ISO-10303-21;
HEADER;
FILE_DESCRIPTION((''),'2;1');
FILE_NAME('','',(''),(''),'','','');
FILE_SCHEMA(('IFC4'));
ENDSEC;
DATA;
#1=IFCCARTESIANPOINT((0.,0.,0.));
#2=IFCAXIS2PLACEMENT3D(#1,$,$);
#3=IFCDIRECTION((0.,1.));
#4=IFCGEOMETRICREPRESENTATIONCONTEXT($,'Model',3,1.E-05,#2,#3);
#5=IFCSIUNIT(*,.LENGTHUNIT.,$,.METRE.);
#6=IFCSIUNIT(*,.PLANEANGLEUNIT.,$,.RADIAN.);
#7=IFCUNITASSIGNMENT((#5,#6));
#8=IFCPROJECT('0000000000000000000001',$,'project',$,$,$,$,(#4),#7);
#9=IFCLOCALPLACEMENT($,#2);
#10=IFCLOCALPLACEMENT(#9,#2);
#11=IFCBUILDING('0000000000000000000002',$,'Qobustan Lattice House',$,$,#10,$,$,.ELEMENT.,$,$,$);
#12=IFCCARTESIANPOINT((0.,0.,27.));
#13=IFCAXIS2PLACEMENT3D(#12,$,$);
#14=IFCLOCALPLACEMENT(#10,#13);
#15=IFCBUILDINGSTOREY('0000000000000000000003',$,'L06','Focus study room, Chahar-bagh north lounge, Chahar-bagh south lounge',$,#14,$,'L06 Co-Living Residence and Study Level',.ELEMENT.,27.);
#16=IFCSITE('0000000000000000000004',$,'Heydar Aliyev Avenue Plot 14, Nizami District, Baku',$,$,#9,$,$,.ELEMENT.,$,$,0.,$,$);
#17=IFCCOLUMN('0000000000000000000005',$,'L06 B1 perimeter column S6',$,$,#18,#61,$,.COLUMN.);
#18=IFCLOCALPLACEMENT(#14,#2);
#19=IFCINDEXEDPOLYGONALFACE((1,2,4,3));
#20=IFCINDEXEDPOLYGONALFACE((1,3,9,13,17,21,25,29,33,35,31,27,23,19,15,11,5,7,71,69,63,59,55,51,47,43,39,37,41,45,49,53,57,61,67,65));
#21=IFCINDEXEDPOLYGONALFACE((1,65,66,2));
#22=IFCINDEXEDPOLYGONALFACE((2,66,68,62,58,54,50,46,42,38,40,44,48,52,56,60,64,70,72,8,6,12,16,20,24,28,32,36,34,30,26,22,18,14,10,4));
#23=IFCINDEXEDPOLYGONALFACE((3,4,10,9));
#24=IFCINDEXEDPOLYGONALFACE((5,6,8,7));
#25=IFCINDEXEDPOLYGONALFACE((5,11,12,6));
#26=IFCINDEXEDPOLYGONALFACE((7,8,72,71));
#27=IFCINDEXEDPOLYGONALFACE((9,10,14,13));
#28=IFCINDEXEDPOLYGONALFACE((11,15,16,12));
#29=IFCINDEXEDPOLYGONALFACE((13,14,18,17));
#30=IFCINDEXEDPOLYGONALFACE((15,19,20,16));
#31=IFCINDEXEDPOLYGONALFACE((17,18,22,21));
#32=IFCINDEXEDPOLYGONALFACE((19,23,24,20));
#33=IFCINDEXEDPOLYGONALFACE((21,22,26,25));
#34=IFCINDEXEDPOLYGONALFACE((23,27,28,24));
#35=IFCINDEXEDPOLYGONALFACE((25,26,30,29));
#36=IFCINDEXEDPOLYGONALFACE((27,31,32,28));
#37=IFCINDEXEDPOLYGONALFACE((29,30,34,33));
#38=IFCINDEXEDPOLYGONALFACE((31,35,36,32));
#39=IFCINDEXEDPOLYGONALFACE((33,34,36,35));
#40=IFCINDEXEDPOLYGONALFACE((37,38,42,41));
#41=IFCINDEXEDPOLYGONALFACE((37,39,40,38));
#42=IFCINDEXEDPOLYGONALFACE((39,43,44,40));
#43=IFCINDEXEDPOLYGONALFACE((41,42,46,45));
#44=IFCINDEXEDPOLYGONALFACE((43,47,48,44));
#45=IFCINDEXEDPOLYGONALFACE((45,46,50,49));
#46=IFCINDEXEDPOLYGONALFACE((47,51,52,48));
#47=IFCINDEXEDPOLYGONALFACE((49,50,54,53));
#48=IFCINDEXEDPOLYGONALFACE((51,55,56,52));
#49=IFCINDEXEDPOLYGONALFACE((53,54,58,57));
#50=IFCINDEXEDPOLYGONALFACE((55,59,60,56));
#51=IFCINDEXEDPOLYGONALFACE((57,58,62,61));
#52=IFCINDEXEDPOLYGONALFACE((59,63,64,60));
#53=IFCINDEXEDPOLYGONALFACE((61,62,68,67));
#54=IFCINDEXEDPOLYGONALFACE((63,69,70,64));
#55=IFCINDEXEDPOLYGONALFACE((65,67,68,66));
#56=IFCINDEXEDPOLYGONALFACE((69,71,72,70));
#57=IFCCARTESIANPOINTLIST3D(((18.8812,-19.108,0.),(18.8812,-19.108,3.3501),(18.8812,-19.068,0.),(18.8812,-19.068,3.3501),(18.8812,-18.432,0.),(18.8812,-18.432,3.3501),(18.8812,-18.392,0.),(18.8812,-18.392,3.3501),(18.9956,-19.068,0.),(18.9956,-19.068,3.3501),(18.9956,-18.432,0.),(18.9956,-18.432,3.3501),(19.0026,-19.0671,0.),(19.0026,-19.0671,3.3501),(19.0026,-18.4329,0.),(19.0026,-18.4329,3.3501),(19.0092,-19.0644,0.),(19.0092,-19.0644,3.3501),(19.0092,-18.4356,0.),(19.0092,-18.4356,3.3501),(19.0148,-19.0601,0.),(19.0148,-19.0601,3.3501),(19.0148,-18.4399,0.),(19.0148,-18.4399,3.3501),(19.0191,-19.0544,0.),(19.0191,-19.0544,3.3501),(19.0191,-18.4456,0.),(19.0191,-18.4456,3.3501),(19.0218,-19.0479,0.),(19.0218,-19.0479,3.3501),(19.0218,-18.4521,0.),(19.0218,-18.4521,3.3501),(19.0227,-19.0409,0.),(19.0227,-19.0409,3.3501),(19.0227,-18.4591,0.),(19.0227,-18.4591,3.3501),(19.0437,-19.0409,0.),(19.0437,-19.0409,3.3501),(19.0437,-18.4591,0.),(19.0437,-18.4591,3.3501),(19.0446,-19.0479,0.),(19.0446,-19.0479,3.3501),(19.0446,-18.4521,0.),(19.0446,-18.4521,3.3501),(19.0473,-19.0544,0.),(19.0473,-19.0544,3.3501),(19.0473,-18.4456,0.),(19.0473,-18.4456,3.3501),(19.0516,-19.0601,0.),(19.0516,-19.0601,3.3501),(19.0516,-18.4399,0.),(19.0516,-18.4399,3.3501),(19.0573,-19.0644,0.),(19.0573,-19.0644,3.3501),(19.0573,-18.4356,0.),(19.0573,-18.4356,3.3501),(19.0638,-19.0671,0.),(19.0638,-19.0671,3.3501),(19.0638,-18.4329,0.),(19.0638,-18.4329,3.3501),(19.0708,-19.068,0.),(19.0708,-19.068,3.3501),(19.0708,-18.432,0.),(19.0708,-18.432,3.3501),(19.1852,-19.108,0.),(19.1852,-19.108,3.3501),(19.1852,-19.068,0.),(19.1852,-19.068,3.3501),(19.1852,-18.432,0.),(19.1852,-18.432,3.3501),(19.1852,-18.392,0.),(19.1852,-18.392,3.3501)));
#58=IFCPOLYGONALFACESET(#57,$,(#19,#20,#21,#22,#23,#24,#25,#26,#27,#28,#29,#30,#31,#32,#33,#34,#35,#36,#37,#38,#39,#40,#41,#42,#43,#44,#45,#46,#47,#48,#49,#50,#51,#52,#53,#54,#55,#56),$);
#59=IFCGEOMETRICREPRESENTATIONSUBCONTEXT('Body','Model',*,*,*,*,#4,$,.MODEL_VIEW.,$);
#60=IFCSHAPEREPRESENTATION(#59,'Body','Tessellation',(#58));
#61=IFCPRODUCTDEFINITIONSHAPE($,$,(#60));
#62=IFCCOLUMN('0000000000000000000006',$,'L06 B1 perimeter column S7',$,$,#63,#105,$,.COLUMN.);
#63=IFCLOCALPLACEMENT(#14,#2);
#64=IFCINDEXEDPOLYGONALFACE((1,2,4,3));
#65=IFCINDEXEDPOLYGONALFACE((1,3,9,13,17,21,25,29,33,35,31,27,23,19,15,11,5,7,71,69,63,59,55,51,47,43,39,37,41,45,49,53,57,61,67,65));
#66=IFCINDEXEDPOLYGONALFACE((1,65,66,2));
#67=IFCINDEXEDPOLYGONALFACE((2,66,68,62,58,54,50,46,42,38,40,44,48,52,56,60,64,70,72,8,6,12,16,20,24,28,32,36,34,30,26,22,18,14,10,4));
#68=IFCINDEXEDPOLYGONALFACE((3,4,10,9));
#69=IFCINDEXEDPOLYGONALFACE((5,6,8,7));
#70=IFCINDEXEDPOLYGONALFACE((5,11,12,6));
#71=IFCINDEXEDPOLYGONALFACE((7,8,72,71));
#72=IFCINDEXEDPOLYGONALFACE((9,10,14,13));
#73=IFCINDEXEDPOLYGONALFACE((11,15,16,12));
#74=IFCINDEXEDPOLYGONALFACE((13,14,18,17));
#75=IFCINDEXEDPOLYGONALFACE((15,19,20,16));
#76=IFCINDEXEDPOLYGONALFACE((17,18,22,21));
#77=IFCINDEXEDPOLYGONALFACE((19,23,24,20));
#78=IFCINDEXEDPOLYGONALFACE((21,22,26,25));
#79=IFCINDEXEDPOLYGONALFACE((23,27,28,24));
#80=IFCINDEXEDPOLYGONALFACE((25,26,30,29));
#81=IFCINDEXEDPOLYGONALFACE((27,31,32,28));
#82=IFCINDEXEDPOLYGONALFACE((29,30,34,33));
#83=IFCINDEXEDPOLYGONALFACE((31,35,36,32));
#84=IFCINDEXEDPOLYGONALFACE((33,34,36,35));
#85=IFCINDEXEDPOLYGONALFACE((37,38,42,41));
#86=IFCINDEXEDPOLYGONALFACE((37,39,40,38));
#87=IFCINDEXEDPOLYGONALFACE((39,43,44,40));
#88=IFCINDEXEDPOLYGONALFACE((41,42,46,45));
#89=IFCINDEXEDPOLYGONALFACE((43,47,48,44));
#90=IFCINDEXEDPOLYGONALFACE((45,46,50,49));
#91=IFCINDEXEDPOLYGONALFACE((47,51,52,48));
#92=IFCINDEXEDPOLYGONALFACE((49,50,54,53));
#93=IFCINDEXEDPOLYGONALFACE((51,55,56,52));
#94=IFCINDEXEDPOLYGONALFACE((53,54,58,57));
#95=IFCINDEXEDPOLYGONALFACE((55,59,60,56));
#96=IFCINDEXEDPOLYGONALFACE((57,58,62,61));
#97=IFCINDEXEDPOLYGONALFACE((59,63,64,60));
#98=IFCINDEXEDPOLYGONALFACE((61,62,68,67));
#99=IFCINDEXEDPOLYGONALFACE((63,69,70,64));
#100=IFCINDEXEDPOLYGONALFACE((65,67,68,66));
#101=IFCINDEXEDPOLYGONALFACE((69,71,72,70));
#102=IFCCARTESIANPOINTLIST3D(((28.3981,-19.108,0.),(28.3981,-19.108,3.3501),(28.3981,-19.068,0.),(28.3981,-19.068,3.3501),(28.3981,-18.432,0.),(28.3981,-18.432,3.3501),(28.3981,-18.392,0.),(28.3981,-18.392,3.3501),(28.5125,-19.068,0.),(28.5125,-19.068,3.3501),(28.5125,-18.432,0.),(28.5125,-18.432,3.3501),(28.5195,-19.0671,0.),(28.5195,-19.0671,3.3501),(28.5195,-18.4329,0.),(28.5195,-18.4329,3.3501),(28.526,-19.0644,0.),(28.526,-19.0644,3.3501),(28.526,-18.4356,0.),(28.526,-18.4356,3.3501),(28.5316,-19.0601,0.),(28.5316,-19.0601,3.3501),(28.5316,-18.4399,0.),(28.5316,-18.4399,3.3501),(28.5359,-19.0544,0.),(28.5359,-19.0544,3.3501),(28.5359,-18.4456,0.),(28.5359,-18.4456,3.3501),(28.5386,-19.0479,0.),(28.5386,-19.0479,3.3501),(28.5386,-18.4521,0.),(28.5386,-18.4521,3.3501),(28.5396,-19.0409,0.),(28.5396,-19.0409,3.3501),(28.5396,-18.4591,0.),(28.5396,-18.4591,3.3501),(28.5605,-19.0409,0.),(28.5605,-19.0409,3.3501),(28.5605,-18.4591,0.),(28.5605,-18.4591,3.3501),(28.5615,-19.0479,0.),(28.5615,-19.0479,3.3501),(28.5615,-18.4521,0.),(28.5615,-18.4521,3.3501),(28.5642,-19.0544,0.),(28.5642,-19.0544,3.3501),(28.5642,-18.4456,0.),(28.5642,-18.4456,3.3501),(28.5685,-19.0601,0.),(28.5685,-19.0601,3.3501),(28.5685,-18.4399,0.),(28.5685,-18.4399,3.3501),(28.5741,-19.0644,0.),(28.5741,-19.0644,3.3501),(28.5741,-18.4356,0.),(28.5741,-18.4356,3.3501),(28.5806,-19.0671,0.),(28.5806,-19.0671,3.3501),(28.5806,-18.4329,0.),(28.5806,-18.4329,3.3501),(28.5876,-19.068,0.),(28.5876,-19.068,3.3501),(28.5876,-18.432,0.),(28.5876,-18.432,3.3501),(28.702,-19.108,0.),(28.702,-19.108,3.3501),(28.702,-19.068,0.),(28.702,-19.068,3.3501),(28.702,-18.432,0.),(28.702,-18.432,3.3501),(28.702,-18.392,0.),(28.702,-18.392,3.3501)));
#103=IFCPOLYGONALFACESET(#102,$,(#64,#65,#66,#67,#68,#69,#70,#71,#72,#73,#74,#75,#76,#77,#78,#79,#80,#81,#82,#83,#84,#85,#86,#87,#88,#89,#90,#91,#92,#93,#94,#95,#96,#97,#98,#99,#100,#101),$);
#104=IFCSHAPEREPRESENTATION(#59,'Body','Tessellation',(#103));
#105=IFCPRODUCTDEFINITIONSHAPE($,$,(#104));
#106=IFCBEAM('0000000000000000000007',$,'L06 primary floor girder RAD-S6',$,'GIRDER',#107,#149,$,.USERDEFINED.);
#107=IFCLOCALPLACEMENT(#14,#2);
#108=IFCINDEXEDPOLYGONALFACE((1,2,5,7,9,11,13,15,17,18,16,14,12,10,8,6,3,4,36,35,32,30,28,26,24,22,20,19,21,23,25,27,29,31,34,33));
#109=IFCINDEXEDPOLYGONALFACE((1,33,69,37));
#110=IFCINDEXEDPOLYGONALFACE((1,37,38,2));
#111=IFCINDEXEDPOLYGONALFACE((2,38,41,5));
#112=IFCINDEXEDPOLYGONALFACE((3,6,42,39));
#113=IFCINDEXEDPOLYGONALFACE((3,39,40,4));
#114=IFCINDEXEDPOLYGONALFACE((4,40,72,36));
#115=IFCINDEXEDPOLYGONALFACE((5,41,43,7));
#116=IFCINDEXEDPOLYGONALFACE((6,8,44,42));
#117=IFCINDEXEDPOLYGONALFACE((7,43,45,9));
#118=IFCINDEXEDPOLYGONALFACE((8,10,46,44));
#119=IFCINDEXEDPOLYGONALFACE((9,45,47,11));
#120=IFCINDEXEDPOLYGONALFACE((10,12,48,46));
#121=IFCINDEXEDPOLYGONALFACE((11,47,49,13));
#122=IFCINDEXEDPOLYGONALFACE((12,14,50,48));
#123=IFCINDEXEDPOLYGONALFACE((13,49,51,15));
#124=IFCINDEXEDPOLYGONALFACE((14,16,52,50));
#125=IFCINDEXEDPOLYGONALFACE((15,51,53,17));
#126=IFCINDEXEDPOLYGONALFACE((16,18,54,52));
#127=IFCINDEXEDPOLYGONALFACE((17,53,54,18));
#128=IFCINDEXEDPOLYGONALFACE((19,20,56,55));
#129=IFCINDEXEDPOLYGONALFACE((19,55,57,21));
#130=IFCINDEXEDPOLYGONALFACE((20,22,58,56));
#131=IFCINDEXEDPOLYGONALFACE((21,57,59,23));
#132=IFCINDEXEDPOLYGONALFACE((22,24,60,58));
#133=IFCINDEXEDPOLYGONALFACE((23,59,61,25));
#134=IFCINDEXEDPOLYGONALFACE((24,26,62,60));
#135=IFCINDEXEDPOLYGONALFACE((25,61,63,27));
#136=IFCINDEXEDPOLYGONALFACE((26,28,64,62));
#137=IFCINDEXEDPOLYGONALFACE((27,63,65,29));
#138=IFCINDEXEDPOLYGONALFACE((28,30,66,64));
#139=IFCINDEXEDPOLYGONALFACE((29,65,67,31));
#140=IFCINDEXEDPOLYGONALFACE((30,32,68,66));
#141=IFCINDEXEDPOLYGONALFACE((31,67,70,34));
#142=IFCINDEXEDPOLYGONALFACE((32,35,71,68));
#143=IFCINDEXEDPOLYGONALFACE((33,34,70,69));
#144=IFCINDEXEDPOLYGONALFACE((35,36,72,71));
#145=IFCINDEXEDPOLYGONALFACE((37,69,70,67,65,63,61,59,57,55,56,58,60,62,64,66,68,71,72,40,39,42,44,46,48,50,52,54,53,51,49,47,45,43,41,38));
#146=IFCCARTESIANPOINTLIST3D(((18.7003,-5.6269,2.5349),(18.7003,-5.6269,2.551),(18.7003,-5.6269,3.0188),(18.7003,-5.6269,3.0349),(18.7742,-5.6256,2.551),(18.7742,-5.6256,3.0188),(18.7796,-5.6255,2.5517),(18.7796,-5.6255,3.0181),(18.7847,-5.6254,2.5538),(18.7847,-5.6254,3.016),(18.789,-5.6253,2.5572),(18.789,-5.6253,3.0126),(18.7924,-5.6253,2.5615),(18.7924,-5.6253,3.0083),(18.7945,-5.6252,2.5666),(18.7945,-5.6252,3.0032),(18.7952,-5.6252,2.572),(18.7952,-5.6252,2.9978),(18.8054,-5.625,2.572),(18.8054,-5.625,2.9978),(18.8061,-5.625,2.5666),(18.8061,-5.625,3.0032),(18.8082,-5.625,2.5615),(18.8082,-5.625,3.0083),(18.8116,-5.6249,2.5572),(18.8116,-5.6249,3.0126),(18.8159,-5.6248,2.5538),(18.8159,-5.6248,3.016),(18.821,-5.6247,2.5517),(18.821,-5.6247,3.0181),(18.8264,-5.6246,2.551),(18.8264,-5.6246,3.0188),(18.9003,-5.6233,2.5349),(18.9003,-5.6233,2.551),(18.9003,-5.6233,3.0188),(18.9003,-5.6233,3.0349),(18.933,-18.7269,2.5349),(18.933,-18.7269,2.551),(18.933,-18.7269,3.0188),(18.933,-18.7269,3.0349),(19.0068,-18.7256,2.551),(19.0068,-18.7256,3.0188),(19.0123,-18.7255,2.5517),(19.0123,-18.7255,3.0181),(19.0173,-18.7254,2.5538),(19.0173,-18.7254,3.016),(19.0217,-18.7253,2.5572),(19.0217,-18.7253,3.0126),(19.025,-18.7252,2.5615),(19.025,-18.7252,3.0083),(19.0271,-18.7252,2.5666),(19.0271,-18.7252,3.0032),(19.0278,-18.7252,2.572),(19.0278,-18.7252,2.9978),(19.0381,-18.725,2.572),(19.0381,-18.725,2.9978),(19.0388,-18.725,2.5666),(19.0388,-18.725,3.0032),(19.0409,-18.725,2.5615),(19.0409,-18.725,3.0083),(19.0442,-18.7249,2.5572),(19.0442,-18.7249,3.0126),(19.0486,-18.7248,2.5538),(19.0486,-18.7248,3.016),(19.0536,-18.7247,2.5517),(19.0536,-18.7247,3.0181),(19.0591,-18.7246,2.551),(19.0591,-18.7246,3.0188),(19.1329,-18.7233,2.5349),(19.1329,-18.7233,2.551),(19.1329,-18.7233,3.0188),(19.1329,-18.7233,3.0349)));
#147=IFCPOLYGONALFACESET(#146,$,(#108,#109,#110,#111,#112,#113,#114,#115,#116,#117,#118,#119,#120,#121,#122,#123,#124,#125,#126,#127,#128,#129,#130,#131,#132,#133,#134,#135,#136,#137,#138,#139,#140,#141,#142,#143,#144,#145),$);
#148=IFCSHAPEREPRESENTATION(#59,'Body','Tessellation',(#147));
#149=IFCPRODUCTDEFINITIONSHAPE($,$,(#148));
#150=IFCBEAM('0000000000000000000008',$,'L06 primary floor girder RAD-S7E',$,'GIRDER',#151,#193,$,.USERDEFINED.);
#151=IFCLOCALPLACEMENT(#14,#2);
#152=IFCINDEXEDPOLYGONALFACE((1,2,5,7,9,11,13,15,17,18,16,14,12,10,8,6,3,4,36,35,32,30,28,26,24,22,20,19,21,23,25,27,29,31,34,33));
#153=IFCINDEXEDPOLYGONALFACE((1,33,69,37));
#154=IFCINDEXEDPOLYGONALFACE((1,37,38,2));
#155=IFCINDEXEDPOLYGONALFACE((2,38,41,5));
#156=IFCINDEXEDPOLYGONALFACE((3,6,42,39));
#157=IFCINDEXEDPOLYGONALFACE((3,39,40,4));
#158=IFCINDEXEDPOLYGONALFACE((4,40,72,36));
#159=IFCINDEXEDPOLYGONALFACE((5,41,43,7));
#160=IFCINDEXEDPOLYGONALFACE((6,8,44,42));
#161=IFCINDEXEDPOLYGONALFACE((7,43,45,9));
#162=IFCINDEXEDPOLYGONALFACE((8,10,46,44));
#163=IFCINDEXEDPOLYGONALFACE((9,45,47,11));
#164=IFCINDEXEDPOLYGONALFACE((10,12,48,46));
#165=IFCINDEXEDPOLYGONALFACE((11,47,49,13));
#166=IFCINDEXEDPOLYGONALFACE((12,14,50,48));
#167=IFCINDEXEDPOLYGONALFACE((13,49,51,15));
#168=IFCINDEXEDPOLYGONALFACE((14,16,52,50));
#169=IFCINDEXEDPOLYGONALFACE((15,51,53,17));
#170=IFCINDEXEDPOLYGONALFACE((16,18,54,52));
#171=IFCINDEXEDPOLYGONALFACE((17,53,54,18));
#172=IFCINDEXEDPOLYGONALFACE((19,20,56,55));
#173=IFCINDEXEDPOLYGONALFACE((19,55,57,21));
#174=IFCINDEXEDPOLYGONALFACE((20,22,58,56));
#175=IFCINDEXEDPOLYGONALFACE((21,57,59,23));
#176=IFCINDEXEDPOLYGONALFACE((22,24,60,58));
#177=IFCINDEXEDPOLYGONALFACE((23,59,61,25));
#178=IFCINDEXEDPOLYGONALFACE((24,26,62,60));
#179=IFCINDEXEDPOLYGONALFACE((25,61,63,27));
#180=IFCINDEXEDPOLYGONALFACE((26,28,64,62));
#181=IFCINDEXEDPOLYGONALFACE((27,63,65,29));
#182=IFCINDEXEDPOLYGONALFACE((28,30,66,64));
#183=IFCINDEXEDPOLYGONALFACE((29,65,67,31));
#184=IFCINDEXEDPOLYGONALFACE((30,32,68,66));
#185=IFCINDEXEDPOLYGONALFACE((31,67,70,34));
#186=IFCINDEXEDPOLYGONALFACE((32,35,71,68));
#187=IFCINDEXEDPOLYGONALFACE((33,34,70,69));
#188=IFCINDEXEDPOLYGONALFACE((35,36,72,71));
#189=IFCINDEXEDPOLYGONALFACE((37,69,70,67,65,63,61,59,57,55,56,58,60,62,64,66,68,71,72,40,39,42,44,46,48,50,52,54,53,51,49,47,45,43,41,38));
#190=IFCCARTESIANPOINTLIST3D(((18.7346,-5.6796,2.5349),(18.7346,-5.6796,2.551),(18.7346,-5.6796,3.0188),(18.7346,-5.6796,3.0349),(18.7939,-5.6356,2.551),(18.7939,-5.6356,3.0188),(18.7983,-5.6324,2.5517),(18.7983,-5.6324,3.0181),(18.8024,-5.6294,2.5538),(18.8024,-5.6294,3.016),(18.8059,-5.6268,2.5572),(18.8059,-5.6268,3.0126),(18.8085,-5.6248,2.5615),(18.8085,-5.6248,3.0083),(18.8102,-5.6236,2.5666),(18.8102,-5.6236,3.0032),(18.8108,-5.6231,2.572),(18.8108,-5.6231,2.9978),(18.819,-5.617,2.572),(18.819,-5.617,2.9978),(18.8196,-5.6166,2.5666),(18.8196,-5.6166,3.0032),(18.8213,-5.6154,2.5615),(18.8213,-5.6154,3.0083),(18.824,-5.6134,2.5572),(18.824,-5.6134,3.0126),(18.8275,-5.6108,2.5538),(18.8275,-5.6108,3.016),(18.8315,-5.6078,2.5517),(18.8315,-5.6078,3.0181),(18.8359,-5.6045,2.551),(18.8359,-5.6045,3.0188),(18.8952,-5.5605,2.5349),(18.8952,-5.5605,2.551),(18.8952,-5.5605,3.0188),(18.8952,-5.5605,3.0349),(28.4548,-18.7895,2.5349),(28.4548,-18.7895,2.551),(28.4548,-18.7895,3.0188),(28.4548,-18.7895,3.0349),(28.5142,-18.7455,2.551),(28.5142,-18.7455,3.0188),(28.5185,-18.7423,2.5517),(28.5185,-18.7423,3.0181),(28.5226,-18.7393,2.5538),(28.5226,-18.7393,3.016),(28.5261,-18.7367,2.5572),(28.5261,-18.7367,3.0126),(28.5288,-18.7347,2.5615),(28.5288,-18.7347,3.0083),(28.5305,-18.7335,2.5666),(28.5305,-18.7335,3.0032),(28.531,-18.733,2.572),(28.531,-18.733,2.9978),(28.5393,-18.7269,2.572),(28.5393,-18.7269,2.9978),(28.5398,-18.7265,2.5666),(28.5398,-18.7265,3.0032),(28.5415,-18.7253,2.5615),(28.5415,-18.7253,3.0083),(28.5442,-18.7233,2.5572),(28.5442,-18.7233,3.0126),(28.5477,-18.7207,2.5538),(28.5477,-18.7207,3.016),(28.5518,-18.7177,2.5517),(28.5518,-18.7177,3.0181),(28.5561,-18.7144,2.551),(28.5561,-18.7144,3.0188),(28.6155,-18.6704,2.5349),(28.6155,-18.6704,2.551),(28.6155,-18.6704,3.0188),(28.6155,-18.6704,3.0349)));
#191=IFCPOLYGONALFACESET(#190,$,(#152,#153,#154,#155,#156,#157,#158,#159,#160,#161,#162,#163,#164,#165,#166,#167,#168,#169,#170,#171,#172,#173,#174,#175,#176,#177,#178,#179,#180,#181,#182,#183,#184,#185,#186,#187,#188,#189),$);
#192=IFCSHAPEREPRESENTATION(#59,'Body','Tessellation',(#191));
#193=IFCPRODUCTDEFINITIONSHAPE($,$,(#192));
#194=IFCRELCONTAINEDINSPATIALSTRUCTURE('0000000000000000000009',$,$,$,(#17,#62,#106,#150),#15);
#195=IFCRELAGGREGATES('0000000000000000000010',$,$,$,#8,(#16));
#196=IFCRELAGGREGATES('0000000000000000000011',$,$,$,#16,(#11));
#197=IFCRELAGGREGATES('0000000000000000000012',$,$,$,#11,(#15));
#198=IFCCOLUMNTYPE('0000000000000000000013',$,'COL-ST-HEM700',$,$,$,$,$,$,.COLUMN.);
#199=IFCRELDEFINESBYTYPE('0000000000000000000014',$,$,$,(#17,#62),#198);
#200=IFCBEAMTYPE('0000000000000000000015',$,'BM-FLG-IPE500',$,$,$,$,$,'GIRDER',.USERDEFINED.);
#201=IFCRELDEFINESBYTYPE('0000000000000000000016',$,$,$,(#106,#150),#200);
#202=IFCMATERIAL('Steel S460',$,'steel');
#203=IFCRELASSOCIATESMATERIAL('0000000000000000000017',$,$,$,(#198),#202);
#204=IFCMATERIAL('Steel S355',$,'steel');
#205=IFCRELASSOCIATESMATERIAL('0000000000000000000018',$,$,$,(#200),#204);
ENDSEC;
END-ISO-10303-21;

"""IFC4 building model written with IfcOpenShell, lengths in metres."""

from ifc_helpers import new_model, si_unit, direction, frame, origin, origin_2d, place, context, subcontext, project, spatial, i_section, extrude, material, material_profile, profile_set, type_object, element, save


model = new_model("IFC4")

# Units and contexts
model_context = context("Model", 3, precision=1e-05, world=origin(), true_north=direction((0.0, 1.0)))
body_context = subcontext(model_context, "Body", "Model", "MODEL_VIEW")
ifc_project = project(units=[si_unit("LENGTHUNIT", "METRE"), si_unit("PLANEANGLEUNIT", "RADIAN")], contexts=[model_context])

# Site, building, storey
site_placement = place(None, origin())
site = spatial("IfcSite", under=ifc_project, at=site_placement, Name="Heydar Aliyev Avenue Plot 14, Nizami District, Baku", CompositionType="ELEMENT", RefElevation=0.0)
building_placement = place(site_placement, origin())
building = spatial("IfcBuilding", under=site, at=building_placement, Name="Qobustan Lattice House", CompositionType="ELEMENT")
storey_placement = place(building_placement, frame((0.0, 0.0, 27.0)))
storey = spatial("IfcBuildingStorey", under=building, at=storey_placement, Name="L06", Description="Focus study room, Chahar-bagh north lounge, Chahar-bagh south lounge", LongName="L06 Co-Living Residence and Study Level", CompositionType="ELEMENT", Elevation=27.0)

# Columns
ifc_material_1 = material(Name="Steel S460", Category="steel")
ifc_material_profile_1 = material_profile(ifc_material_1, i_section(OverallWidth=0.304, OverallDepth=0.7161, WebThickness=0.021, FlangeThickness=0.04, FilletRadius=0.0271, at=origin_2d()), Name="HEM700")
ifc_profile_set_1 = profile_set([ifc_material_profile_1], Name="Steel S460")
column_type = type_object("IfcColumnType", Name="COL-ST-HEM700", PredefinedType="COLUMN", material=ifc_profile_set_1)
for number, where, z_axis, x_axis, name in (
    (1, (19.0332, -18.75, 0.0), (0.0, 0.0, 1.0), (1.0, 0.0, 0.0), "L06 B1 perimeter column S6"),
    (2, (28.55, -18.75, 0.0), (0.0, 0.0, 1.0), (1.0, 0.0, 0.0), "L06 B1 perimeter column S7"),
):
    element("IfcColumn", number, at=place(storey_placement, frame(where, z_axis=z_axis, x_axis=x_axis)), inside=storey, type_object=column_type, Name=name, PredefinedType="COLUMN", context=body_context, shape_type="SweptSolid", body=[
        extrude(i_section(OverallWidth=0.304, OverallDepth=0.7161, WebThickness=0.021, FlangeThickness=0.04, FilletRadius=0.0271, at=origin_2d()), origin(), (0.0, 0.0, 1.0), 3.3501),
    ])

# Beams
ifc_material_2 = material(Name="Steel S355", Category="steel")
ifc_material_profile_2 = material_profile(ifc_material_2, i_section(OverallWidth=0.2, OverallDepth=0.5, WebThickness=0.0103, FlangeThickness=0.0161, FilletRadius=0.021, at=origin_2d()), Name="IPE500")
ifc_profile_set_2 = profile_set([ifc_material_profile_2], Name="Steel S355")
beam_type_1 = type_object("IfcBeamType", Name="BM-FLG-IPE500", ElementType="GIRDER", PredefinedType="USERDEFINED", material=ifc_profile_set_2)
beam_1_placement = place(storey_placement, frame((19.033, -18.7251, 2.7849), z_axis=(-0.017758, 0.999842, 0.0), x_axis=(-0.999842, -0.017758, 0.0)))
element("IfcBeam", 3, at=beam_1_placement, inside=storey, type_object=beam_type_1, Name="L06 primary floor girder RAD-S6", ObjectType="GIRDER", PredefinedType="USERDEFINED", context=body_context, shape_type="SweptSolid", body=[
    extrude(i_section(OverallWidth=0.2, OverallDepth=0.5, WebThickness=0.0103, FlangeThickness=0.0161, FilletRadius=0.021, at=origin_2d()), origin(), (0.0, 0.0, 1.0), 13.1021),
])
beam_2_placement = place(storey_placement, frame((28.5352, -18.73, 2.7849), z_axis=(-0.595592, 0.803287, 0.0), x_axis=(-0.803287, -0.595592, 0.0)))
element("IfcBeam", 4, at=beam_2_placement, inside=storey, type_object=beam_type_1, Name="L06 primary floor girder RAD-S7E", ObjectType="GIRDER", PredefinedType="USERDEFINED", context=body_context, shape_type="SweptSolid", body=[
    extrude(i_section(OverallWidth=0.2, OverallDepth=0.5, WebThickness=0.0103, FlangeThickness=0.0161, FilletRadius=0.021, at=origin_2d()), origin(), (0.0, 0.0, 1.0), 16.3203),
])

save(model, "model.ifc")
